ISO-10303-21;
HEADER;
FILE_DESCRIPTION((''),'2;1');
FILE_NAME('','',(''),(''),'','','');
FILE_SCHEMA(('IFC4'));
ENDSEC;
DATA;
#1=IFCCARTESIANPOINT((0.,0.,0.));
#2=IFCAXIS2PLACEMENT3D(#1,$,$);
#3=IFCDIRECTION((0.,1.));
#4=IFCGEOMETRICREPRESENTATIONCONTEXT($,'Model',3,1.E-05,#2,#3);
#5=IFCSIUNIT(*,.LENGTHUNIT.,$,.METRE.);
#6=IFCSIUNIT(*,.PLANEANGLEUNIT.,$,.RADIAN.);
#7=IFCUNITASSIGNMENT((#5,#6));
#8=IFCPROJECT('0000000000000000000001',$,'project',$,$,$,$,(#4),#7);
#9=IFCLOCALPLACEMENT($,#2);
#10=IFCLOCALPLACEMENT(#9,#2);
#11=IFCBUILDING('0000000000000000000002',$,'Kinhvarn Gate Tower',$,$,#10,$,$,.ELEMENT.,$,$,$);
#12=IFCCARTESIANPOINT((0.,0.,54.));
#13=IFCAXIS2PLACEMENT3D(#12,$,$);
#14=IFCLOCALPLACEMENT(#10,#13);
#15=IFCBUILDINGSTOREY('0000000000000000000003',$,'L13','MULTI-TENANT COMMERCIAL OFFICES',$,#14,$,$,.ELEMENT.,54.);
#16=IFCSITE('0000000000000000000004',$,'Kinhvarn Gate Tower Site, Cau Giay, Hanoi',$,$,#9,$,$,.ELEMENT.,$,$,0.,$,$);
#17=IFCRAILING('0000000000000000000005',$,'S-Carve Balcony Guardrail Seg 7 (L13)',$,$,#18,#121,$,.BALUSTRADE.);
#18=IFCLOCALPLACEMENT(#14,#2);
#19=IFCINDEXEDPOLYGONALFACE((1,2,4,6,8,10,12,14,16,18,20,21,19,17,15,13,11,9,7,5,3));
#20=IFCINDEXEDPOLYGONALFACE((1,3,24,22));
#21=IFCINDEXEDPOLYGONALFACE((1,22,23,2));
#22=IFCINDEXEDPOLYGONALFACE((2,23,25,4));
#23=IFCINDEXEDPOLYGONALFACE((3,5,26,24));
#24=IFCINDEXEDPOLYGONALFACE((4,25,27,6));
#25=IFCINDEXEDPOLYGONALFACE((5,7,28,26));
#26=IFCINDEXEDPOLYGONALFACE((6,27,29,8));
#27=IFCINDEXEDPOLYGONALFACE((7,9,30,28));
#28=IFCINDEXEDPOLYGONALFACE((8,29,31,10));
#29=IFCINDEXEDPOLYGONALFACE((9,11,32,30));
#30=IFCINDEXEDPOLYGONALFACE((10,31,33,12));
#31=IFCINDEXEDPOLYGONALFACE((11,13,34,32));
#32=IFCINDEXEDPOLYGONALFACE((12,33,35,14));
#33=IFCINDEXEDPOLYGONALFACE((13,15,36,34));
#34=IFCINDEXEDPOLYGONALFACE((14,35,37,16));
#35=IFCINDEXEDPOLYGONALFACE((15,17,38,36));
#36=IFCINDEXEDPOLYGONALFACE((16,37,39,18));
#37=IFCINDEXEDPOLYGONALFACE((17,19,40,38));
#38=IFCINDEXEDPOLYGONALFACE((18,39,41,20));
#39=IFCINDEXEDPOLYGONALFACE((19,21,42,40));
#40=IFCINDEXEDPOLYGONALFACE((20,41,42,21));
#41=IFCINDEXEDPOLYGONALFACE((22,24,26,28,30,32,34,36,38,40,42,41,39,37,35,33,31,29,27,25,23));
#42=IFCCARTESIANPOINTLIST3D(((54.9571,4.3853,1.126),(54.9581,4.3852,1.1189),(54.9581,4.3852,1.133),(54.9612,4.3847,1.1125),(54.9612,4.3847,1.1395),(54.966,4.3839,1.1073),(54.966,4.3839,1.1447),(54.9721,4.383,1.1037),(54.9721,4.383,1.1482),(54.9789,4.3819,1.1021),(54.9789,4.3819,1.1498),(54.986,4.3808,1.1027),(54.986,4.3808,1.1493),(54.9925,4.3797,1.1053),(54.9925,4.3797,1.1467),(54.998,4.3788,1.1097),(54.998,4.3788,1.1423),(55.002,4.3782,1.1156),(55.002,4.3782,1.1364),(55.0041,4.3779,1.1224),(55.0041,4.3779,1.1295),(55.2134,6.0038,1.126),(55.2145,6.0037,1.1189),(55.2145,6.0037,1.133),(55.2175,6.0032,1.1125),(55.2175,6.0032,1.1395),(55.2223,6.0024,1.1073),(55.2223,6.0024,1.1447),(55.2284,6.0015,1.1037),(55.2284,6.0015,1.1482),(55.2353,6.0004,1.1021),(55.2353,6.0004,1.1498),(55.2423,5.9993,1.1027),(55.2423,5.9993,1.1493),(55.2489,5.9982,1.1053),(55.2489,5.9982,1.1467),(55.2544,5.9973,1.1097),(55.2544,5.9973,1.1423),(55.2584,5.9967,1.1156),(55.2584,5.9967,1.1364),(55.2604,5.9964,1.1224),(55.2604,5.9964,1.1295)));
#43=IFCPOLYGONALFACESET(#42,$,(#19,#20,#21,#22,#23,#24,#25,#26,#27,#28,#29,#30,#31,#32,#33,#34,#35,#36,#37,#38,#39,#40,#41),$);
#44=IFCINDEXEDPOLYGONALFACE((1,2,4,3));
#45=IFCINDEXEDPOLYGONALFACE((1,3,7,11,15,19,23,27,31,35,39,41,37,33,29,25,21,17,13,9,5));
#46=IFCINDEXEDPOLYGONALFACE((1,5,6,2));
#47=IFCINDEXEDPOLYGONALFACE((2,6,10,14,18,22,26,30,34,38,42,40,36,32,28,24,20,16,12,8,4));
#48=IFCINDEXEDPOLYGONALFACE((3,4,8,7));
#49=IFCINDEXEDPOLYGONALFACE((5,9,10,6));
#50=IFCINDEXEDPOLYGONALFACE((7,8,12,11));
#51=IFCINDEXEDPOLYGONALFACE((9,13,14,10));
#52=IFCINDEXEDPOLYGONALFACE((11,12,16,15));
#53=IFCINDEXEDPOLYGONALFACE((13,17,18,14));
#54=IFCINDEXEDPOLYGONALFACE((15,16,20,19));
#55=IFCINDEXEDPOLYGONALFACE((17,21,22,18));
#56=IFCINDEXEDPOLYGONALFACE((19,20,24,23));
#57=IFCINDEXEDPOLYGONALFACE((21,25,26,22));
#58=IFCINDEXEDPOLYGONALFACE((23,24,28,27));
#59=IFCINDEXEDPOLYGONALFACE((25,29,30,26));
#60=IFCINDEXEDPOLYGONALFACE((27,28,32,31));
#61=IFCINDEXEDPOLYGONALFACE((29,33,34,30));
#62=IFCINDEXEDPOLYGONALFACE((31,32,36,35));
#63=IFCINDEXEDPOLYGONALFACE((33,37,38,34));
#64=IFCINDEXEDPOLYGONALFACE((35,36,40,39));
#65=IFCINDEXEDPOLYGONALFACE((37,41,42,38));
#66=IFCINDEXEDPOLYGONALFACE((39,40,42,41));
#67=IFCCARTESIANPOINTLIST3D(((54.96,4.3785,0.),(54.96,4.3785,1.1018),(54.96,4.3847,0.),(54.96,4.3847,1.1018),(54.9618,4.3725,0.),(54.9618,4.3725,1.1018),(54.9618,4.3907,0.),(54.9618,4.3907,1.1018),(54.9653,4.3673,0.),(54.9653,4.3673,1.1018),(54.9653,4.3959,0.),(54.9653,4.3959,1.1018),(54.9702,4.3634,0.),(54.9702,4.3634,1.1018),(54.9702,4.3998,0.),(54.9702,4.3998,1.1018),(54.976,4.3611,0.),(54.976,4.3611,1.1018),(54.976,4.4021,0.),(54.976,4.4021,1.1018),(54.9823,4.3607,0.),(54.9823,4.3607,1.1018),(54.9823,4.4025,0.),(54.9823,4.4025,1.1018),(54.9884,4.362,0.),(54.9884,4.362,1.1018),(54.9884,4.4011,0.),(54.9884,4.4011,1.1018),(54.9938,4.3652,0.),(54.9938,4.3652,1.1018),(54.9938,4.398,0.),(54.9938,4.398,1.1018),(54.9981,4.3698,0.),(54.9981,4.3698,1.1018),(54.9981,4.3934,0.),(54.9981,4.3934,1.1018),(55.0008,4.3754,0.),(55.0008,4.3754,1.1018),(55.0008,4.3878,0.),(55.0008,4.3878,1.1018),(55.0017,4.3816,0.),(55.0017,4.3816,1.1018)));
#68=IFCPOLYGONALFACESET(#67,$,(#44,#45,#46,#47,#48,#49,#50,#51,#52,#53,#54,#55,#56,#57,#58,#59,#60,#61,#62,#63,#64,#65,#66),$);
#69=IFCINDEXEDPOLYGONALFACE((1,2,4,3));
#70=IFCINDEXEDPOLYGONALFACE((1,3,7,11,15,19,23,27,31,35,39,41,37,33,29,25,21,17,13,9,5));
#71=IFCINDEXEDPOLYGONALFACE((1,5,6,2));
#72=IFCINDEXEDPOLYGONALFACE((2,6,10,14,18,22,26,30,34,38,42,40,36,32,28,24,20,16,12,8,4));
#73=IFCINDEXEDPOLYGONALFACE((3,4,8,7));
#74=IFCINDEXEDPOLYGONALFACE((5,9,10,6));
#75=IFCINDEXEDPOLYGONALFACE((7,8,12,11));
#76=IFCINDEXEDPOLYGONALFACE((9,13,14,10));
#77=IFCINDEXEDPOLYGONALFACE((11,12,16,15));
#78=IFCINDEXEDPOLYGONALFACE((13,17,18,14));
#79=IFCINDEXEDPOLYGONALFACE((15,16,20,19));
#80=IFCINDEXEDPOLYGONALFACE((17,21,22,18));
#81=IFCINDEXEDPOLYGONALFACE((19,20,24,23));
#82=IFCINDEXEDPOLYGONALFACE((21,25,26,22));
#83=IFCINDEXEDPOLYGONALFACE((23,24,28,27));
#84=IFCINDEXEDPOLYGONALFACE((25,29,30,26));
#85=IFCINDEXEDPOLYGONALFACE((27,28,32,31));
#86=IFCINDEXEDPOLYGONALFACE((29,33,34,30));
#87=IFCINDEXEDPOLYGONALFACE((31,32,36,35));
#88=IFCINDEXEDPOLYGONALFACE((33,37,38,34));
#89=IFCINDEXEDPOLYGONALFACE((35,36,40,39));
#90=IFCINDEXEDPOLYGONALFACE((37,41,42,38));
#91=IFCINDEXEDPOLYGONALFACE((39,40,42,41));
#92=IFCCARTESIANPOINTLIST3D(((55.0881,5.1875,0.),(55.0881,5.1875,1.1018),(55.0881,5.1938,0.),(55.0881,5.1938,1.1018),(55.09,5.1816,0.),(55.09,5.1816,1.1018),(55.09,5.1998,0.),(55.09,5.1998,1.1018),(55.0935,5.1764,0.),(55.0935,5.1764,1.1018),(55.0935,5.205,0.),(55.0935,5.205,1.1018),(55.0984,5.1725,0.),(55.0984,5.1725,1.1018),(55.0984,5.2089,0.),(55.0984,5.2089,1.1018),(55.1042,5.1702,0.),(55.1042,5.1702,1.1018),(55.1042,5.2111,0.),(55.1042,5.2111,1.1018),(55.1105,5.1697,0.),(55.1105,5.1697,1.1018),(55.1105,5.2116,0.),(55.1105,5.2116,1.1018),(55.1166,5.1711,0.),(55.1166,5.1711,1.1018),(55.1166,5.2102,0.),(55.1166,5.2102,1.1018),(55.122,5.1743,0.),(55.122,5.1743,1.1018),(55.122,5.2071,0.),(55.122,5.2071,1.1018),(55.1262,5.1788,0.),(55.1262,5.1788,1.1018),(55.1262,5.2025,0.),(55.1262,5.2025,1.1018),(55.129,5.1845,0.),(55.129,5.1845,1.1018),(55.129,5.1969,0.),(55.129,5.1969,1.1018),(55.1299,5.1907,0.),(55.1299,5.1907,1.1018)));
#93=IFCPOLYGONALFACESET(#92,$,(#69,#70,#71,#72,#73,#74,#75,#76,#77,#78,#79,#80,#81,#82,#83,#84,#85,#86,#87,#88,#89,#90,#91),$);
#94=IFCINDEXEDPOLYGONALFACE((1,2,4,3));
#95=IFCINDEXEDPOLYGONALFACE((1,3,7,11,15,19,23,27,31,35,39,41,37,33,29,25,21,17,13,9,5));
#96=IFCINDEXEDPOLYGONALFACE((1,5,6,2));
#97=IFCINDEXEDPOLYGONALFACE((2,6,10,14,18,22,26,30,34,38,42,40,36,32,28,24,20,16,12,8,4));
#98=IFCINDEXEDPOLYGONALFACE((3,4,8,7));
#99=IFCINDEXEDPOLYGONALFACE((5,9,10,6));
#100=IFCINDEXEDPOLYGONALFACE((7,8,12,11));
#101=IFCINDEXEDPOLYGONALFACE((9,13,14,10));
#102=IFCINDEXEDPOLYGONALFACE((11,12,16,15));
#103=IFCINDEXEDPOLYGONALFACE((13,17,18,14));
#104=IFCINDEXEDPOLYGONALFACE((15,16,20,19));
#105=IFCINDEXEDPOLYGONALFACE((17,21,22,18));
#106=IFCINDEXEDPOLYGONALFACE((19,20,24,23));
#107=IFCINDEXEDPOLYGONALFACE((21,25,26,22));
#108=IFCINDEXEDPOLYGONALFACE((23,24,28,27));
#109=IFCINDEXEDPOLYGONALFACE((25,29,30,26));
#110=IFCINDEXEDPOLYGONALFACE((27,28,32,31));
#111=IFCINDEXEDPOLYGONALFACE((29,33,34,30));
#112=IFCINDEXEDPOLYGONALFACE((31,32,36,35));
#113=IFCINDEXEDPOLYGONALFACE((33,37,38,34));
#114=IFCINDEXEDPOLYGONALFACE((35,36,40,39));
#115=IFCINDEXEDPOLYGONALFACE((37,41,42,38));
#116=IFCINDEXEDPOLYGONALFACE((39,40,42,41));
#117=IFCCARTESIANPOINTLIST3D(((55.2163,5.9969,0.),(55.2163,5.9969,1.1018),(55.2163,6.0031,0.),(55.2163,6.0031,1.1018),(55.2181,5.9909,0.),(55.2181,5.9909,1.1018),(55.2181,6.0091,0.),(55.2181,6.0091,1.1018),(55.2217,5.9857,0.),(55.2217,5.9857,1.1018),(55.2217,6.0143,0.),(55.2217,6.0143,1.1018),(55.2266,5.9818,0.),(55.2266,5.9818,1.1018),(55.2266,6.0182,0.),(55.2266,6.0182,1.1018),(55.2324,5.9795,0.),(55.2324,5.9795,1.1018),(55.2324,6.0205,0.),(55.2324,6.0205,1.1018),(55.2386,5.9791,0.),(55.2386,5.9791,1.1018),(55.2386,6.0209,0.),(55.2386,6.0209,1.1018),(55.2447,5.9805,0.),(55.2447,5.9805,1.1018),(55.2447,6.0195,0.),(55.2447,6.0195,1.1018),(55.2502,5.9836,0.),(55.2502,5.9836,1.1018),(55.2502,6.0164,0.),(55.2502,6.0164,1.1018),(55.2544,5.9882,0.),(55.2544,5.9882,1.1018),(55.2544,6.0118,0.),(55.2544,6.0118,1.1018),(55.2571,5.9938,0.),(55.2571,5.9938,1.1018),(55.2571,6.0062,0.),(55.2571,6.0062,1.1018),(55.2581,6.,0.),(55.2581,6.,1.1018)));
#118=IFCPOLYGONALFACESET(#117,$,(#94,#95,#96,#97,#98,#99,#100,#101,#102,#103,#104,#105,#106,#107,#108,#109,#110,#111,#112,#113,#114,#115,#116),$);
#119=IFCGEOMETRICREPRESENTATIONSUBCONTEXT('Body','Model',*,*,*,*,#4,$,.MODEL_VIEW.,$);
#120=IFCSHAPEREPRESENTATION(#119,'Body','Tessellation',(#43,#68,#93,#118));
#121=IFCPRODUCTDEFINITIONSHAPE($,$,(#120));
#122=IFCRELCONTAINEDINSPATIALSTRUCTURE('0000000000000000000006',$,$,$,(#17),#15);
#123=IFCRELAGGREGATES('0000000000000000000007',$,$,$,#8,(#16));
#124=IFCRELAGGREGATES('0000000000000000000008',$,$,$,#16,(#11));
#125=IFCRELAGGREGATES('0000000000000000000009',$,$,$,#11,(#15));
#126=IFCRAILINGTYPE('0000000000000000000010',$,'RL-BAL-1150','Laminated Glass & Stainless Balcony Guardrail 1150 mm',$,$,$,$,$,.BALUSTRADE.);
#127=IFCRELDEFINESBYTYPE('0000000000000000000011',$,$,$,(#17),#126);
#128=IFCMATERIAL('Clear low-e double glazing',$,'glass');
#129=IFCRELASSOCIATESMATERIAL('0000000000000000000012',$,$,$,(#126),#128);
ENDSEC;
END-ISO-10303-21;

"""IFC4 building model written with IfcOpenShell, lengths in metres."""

from ifc_helpers import new_model, si_unit, direction, frame, origin, origin_2d, place, context, subcontext, project, spatial, circle, extrude, material, type_object, element, save


model = new_model("IFC4")

# Units and contexts
model_context = context("Model", 3, precision=1e-05, world=origin(), true_north=direction((0.0, 1.0)))
body_context = subcontext(model_context, "Body", "Model", "MODEL_VIEW")
ifc_project = project(units=[si_unit("LENGTHUNIT", "METRE"), si_unit("PLANEANGLEUNIT", "RADIAN")], contexts=[model_context])

# Site, building, storey
site_placement = place(None, origin())
site = spatial("IfcSite", under=ifc_project, at=site_placement, Name="Kinhvarn Gate Tower Site, Cau Giay, Hanoi", CompositionType="ELEMENT", RefElevation=0.0)
building_placement = place(site_placement, origin())
building = spatial("IfcBuilding", under=site, at=building_placement, Name="Kinhvarn Gate Tower", CompositionType="ELEMENT")
storey_placement = place(building_placement, frame((0.0, 0.0, 54.0)))
storey = spatial("IfcBuildingStorey", under=building, at=storey_placement, Name="L13", Description="MULTI-TENANT COMMERCIAL OFFICES", CompositionType="ELEMENT", Elevation=54.0)

# Shared definitions
ifc_material_1 = material(Name="Clear low-e double glazing", Category="glass")

# Railing
railing_type = type_object("IfcRailingType", Name="RL-BAL-1150", Description="Laminated Glass & Stainless Balcony Guardrail 1150 mm", PredefinedType="BALUSTRADE", material=ifc_material_1)
railing_1_placement = place(storey_placement, frame((54.9807, 4.3816, 0.0)))
element("IfcRailing", 1, at=railing_1_placement, inside=storey, type_object=railing_type, Name="S-Carve Balcony Guardrail Seg 7 (L13)", PredefinedType="BALUSTRADE", context=body_context, shape_type="SweptSolid", body=[
    extrude(circle(Radius=0.0239, at=origin_2d()), frame((0.0, 0.0, 1.126), z_axis=(0.156445, 0.987687, 0.0), x_axis=(-0.987687, 0.156445, 0.0)), (0.0, 0.0, 1.0), 1.6387),
    extrude(circle(Radius=0.021, at=origin_2d()), origin(), (0.0, 0.0, 1.0), 1.1018),
    extrude(circle(Radius=0.021, at=origin_2d()), frame((0.1282, 0.8091, 0.0)), (0.0, 0.0, 1.0), 1.1018),
    extrude(circle(Radius=0.021, at=origin_2d()), frame((0.2563, 1.6184, 0.0)), (0.0, 0.0, 1.0), 1.1018),
])

save(model, "model.ifc")
